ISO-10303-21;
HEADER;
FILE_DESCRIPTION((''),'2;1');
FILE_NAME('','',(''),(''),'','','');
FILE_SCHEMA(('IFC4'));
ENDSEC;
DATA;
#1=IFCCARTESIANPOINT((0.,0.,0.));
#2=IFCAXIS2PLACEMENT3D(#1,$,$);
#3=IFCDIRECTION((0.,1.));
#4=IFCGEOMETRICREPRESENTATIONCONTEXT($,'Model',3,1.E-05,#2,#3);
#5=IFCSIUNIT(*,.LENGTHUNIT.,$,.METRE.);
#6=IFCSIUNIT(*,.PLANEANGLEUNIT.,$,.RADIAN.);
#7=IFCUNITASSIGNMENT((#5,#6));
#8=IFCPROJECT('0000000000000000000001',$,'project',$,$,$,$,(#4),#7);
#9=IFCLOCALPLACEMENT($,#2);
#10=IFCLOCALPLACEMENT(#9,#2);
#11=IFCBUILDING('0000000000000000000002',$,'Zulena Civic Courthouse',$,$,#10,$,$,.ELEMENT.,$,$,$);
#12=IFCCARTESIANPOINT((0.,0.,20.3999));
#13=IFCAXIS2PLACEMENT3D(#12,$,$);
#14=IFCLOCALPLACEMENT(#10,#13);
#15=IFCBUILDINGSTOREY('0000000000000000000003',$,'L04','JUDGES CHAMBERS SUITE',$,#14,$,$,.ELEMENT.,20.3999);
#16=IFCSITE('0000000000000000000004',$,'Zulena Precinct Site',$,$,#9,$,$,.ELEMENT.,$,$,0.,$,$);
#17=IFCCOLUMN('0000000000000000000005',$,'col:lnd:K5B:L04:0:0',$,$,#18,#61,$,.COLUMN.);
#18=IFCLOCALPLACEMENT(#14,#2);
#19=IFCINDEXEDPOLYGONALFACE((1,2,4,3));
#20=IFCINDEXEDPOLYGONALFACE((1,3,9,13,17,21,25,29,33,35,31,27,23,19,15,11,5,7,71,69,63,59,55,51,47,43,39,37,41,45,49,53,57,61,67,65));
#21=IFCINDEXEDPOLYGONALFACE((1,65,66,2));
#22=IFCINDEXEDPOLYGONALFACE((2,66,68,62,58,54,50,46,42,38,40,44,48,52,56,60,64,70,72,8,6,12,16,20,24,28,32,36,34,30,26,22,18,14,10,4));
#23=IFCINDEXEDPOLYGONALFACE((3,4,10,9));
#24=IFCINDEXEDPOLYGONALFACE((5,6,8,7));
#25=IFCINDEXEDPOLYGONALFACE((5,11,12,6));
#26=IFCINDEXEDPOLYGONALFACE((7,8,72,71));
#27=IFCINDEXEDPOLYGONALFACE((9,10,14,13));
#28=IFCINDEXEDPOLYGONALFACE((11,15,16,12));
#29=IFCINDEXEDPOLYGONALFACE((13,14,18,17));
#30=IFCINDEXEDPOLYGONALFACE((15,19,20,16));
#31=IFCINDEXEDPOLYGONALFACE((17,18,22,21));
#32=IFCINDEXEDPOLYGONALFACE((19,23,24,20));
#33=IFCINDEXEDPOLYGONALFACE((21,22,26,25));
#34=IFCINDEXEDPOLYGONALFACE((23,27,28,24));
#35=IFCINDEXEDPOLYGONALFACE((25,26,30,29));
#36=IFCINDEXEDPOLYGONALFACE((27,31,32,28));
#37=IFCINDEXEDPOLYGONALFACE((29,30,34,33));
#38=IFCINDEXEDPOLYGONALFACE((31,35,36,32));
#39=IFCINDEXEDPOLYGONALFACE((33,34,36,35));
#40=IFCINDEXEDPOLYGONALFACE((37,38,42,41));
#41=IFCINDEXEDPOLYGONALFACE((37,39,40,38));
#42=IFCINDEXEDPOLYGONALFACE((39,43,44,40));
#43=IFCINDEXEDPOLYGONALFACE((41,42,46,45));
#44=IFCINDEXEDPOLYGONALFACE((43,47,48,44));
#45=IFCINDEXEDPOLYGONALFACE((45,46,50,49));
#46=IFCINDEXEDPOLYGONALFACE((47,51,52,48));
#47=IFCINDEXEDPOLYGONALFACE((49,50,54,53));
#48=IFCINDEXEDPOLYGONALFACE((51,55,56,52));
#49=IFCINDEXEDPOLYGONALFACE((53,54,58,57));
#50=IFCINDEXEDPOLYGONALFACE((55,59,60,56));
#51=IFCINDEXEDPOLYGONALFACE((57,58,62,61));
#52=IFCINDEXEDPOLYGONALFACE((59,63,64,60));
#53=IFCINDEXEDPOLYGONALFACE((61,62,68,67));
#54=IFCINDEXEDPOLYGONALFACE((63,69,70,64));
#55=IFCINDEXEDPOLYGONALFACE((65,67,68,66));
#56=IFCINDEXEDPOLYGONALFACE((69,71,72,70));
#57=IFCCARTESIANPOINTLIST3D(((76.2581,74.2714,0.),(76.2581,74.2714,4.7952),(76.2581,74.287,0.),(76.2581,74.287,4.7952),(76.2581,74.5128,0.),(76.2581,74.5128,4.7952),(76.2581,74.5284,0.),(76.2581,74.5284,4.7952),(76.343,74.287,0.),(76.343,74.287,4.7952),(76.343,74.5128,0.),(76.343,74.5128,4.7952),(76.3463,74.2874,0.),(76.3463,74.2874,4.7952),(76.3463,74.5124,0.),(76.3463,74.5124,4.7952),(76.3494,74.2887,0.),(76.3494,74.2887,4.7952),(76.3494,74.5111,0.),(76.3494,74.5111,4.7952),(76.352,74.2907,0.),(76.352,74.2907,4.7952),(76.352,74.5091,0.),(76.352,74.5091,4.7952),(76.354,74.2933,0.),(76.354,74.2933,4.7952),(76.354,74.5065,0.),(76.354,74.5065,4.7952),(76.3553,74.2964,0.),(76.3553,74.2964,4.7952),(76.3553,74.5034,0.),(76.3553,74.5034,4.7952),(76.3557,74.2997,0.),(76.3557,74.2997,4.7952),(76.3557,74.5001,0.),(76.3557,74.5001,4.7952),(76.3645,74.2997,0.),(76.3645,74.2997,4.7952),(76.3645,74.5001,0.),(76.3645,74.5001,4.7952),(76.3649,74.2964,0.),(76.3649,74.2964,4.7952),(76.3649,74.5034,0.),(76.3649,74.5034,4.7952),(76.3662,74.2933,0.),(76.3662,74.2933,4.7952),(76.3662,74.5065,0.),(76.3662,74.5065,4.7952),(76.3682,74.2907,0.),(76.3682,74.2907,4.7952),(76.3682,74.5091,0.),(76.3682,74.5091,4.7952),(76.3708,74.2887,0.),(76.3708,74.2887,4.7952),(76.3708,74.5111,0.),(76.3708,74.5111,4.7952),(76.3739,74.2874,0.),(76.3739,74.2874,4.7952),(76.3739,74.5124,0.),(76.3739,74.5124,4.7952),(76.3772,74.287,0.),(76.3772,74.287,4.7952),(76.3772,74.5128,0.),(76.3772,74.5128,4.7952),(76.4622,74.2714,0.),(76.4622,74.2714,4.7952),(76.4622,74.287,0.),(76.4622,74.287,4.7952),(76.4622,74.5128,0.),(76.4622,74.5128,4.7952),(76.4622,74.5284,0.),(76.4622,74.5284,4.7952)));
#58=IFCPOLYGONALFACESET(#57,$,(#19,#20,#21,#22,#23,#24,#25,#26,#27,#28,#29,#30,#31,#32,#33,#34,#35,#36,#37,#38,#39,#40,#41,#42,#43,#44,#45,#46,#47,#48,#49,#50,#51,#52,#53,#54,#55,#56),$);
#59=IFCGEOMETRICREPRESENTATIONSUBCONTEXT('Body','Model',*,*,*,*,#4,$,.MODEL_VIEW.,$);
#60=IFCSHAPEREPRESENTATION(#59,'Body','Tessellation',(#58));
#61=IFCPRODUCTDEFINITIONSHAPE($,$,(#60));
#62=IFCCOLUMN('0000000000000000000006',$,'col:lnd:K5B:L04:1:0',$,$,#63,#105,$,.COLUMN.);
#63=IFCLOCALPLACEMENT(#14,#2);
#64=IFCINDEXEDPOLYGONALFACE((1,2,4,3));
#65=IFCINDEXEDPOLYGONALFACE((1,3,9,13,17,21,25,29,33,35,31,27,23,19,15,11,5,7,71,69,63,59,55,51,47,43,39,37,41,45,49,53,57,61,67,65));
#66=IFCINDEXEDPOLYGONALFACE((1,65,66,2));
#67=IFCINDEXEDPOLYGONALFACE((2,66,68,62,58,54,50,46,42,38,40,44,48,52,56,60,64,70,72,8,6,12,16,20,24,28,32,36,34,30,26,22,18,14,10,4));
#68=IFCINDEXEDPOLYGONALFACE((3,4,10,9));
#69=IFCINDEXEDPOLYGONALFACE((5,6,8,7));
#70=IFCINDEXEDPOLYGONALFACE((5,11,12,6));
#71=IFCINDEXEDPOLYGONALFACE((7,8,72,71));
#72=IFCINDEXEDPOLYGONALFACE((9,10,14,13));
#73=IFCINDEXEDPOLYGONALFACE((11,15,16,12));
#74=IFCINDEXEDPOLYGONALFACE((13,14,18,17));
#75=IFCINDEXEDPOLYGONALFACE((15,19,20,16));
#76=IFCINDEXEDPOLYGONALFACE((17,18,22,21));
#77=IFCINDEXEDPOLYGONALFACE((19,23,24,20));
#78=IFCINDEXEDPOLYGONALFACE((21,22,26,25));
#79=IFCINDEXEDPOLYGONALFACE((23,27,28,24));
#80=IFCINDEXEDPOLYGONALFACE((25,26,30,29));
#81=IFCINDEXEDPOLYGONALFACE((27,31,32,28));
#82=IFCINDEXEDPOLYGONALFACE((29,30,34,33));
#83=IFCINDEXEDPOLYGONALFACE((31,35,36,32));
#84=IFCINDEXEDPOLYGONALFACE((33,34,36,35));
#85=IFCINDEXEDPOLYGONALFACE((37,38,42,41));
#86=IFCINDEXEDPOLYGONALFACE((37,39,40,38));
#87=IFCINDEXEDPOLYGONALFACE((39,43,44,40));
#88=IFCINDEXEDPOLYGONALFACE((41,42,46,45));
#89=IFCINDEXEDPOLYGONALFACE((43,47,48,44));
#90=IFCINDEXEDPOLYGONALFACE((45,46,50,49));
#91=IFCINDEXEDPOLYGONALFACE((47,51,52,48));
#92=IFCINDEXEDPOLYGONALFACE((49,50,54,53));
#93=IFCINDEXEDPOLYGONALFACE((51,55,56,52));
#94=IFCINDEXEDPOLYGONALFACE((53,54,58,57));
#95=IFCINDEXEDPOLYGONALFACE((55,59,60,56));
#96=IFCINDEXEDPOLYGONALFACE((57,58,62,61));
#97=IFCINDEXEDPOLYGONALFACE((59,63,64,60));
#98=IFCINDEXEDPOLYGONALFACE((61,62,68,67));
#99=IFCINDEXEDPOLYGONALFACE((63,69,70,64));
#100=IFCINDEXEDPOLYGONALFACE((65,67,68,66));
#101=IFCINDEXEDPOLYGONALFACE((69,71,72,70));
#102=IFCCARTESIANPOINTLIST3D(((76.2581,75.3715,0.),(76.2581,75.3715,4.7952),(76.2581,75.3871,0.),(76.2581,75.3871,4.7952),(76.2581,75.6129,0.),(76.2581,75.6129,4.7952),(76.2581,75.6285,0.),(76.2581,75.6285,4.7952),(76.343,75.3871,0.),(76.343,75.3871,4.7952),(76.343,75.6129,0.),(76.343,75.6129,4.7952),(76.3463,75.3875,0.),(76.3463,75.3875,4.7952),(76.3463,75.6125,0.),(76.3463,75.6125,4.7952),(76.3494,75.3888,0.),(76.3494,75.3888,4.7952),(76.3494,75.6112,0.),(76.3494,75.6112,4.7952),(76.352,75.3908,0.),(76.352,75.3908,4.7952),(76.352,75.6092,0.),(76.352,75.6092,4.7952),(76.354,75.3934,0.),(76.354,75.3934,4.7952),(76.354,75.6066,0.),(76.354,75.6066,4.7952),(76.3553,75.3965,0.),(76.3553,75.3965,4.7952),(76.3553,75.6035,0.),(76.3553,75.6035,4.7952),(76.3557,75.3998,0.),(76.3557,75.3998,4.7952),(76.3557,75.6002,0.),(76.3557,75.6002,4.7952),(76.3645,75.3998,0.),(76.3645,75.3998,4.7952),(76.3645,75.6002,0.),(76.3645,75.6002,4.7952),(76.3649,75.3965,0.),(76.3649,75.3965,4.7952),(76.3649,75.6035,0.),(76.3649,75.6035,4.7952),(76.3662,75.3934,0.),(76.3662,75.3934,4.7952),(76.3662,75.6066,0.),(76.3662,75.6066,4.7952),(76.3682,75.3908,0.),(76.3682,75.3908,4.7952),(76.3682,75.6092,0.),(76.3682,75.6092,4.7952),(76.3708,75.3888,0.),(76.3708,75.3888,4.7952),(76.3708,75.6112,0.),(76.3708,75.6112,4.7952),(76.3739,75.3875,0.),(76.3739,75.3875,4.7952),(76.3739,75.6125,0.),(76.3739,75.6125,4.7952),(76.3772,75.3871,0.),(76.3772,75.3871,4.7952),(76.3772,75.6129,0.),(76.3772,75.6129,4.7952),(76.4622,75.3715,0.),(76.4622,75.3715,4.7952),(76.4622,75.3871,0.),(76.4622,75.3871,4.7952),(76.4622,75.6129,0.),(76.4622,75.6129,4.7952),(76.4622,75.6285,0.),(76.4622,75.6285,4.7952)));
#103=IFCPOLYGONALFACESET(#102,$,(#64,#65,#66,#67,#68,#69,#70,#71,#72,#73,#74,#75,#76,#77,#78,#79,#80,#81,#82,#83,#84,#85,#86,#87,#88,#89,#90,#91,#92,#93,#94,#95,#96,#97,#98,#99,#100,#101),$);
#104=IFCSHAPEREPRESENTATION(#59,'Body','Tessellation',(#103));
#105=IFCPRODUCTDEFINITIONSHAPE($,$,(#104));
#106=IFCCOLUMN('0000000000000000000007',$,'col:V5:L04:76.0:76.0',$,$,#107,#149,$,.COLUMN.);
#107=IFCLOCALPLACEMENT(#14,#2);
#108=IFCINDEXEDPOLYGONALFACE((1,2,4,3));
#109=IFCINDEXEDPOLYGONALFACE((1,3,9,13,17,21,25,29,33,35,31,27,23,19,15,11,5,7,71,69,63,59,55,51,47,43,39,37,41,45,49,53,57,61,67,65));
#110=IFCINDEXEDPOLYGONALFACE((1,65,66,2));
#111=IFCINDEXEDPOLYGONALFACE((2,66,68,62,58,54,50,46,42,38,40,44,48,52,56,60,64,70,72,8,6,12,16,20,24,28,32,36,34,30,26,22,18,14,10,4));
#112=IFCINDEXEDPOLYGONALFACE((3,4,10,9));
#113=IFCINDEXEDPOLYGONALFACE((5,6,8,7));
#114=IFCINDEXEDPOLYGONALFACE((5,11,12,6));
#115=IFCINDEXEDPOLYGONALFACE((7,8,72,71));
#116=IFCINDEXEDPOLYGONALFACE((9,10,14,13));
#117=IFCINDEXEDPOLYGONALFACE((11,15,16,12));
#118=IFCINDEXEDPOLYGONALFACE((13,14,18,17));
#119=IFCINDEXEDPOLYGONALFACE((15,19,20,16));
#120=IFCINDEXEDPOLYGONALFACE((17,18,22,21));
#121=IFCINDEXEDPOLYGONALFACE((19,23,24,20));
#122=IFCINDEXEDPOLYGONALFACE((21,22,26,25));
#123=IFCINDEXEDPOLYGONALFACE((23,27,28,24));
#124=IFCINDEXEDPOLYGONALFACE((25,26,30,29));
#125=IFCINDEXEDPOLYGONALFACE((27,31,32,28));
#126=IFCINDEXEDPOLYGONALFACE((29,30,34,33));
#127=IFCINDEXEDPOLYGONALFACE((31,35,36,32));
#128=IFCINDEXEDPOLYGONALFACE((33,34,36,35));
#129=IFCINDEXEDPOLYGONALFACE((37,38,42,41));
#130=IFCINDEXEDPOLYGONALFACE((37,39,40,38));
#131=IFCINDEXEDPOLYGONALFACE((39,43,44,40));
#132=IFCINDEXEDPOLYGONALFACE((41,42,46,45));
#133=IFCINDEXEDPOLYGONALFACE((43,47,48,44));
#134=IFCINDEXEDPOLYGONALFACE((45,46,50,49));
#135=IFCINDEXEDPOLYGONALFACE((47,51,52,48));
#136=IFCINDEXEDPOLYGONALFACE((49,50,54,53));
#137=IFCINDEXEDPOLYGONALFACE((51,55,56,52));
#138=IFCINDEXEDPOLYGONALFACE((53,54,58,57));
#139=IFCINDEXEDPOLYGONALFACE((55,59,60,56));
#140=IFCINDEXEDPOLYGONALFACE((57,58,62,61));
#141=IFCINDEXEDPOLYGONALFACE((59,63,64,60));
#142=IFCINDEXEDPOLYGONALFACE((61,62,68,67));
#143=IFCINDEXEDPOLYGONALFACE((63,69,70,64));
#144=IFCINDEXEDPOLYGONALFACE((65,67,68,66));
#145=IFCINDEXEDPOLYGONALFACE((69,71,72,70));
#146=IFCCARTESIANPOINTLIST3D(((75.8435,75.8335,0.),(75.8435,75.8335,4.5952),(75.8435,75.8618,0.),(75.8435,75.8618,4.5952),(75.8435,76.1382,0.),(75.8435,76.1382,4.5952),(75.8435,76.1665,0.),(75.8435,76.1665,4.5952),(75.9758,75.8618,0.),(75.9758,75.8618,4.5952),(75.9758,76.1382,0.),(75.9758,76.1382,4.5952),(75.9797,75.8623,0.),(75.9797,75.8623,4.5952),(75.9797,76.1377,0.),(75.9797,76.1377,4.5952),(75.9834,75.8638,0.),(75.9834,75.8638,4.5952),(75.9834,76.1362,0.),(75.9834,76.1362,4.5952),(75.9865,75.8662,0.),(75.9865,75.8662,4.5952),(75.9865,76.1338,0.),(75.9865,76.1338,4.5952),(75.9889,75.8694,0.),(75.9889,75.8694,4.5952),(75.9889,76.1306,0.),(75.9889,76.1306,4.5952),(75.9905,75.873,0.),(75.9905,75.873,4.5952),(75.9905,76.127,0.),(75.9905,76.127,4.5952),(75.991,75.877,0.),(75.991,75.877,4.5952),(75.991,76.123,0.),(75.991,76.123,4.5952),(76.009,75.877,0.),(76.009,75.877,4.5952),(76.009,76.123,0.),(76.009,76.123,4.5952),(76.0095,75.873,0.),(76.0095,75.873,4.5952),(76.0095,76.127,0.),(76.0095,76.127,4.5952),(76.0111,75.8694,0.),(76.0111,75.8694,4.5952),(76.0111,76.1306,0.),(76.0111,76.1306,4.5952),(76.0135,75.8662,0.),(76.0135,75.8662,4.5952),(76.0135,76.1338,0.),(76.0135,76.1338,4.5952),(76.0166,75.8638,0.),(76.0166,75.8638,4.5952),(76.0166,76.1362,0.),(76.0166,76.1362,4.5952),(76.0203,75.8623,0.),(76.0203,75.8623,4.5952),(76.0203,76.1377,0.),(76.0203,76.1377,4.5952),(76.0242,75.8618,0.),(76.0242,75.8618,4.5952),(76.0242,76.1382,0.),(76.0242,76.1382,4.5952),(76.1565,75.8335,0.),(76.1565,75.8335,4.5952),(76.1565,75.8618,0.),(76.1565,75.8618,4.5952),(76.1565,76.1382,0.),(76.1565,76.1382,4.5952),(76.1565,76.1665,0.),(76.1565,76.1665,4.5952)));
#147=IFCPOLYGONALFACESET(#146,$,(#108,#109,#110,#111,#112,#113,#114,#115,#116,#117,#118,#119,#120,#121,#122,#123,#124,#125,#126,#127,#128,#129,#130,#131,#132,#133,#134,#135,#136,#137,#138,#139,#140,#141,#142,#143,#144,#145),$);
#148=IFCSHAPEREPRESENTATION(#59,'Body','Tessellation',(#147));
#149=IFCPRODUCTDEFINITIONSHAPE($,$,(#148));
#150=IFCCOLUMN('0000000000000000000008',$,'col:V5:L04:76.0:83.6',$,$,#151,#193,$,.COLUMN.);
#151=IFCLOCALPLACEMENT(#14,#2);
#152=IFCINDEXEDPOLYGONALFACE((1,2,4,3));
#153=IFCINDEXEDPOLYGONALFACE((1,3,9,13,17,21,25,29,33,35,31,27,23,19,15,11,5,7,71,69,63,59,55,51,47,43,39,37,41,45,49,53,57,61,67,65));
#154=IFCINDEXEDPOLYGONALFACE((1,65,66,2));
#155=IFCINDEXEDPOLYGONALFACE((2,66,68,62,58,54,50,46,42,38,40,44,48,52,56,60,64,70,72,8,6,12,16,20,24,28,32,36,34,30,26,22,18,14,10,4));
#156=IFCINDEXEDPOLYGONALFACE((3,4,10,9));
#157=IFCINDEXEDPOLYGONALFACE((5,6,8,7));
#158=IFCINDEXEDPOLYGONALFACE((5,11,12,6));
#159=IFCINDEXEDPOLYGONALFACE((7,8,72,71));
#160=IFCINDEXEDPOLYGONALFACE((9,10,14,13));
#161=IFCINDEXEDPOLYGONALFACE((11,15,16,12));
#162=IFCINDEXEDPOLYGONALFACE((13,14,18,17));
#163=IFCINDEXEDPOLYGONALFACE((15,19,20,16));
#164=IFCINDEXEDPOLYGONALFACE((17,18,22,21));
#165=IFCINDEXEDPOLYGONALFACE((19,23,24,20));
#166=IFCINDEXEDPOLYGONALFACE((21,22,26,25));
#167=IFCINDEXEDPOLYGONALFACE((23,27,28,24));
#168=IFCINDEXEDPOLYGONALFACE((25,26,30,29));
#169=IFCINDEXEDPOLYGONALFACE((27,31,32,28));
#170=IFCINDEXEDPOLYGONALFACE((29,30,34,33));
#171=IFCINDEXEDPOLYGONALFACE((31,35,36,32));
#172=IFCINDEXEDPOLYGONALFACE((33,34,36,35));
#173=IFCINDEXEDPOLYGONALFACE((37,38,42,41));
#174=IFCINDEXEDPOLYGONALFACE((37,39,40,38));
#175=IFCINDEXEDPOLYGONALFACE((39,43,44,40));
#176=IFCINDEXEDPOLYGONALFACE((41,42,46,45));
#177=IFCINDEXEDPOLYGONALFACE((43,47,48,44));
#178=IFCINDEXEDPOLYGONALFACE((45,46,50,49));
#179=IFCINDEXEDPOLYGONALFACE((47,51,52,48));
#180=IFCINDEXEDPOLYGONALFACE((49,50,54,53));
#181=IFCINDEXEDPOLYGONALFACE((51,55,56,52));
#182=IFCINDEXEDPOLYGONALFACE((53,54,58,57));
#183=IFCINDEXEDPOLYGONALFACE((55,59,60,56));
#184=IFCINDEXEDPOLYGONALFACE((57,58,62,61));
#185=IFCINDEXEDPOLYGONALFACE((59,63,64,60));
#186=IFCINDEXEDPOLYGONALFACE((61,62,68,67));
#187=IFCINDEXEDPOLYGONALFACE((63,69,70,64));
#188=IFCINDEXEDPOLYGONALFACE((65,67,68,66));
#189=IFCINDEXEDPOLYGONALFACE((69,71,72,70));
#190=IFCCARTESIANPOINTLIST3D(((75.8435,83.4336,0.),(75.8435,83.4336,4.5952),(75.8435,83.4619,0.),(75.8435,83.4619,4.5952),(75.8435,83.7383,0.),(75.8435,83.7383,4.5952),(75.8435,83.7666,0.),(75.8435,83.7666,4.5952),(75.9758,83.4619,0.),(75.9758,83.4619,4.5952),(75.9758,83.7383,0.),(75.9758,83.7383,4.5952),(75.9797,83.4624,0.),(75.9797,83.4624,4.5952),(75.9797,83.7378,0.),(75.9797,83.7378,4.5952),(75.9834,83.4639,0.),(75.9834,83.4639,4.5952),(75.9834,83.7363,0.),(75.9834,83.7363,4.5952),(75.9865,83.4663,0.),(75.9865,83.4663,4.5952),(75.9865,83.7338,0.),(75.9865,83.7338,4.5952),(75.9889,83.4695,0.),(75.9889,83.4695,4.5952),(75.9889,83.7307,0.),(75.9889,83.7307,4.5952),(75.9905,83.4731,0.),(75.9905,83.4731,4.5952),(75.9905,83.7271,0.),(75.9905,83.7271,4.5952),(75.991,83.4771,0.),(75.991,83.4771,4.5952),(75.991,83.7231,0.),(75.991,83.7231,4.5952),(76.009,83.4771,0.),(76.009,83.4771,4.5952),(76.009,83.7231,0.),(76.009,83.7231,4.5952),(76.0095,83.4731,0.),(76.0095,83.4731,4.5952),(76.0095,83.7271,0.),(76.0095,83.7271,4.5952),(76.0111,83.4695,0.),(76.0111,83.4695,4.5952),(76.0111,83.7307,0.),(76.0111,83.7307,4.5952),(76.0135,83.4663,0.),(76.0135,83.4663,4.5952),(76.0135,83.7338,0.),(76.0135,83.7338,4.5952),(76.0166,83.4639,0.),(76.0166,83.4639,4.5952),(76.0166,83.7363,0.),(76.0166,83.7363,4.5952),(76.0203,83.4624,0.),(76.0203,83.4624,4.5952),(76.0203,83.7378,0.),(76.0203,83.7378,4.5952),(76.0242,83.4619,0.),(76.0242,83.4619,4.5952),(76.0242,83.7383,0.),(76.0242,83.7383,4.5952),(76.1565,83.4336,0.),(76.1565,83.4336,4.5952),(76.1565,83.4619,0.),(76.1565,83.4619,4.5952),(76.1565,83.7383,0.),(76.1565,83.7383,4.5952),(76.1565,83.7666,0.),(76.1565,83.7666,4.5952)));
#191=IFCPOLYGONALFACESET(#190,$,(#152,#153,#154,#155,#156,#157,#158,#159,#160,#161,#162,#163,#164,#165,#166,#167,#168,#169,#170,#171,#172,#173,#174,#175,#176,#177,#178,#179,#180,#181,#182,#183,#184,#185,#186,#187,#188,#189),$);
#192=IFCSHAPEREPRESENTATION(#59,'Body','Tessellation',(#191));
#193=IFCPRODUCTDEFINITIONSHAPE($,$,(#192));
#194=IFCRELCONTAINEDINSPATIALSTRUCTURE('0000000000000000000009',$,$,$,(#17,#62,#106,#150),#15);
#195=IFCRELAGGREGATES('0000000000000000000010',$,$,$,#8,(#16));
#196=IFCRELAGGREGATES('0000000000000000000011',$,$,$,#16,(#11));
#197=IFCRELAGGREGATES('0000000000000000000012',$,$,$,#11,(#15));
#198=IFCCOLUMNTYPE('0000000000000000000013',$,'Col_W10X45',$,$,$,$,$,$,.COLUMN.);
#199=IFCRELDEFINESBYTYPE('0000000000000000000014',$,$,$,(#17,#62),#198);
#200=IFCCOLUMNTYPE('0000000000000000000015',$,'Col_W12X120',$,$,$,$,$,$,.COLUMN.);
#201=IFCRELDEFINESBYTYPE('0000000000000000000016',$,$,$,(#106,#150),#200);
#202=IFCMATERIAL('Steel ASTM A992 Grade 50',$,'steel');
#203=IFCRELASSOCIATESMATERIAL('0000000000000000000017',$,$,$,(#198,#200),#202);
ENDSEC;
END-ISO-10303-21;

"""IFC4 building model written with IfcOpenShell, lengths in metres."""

from ifc_helpers import new_model, si_unit, direction, frame, origin, origin_2d, place, context, subcontext, project, spatial, i_section, extrude, material, material_profile, profile_set, type_object, element, save


model = new_model("IFC4")

# Units and contexts
model_context = context("Model", 3, precision=1e-05, world=origin(), true_north=direction((0.0, 1.0)))
body_context = subcontext(model_context, "Body", "Model", "MODEL_VIEW")
ifc_project = project(units=[si_unit("LENGTHUNIT", "METRE"), si_unit("PLANEANGLEUNIT", "RADIAN")], contexts=[model_context])

# Site, building, storey
site_placement = place(None, origin())
site = spatial("IfcSite", under=ifc_project, at=site_placement, Name="Zulena Precinct Site", CompositionType="ELEMENT", RefElevation=0.0)
building_placement = place(site_placement, origin())
building = spatial("IfcBuilding", under=site, at=building_placement, Name="Zulena Civic Courthouse", CompositionType="ELEMENT")
storey_placement = place(building_placement, frame((0.0, 0.0, 20.3999)))
storey = spatial("IfcBuildingStorey", under=building, at=storey_placement, Name="L04", Description="JUDGES CHAMBERS SUITE", CompositionType="ELEMENT", Elevation=20.3999)

# Columns
ifc_material_1 = material(Name="Steel ASTM A992 Grade 50", Category="steel")
ifc_material_profile_1 = material_profile(ifc_material_1, i_section(OverallWidth=0.2041, OverallDepth=0.2571, WebThickness=0.0088, FlangeThickness=0.0156, FilletRadius=0.0127, at=origin_2d()), Name="W10X45")
ifc_profile_set_1 = profile_set([ifc_material_profile_1], Name="Steel ASTM A992 Grade 50")
column_type_1 = type_object("IfcColumnType", Name="Col_W10X45", PredefinedType="COLUMN", material=ifc_profile_set_1)
for number, where, z_axis, x_axis, name in (
    (1, (76.3601, 74.3999, 0.0), (0.0, 0.0, 1.0), (1.0, 0.0, 0.0), "col:lnd:K5B:L04:0:0"),
    (2, (76.3601, 75.5, 0.0), (0.0, 0.0, 1.0), (1.0, 0.0, 0.0), "col:lnd:K5B:L04:1:0"),
):
    element("IfcColumn", number, at=place(storey_placement, frame(where, z_axis=z_axis, x_axis=x_axis)), inside=storey, type_object=column_type_1, Name=name, PredefinedType="COLUMN", context=body_context, shape_type="SweptSolid", body=[
        extrude(i_section(OverallWidth=0.2041, OverallDepth=0.2571, WebThickness=0.0088, FlangeThickness=0.0156, FilletRadius=0.0127, at=origin_2d()), origin(), (0.0, 0.0, 1.0), 4.7952),
    ])
ifc_material_profile_2 = material_profile(ifc_material_1, i_section(OverallWidth=0.313, OverallDepth=0.333, WebThickness=0.0181, FlangeThickness=0.0283, FilletRadius=0.0151, at=origin_2d()), Name="W12X120")
ifc_profile_set_2 = profile_set([ifc_material_profile_2], Name="Steel ASTM A992 Grade 50")
column_type_2 = type_object("IfcColumnType", Name="Col_W12X120", PredefinedType="COLUMN", material=ifc_profile_set_2)
for number, where, z_axis, x_axis, name in (
    (3, (76.0, 76.0, 0.0), (0.0, 0.0, 1.0), (1.0, 0.0, 0.0), "col:V5:L04:76.0:76.0"),
    (4, (76.0, 83.6001, 0.0), (0.0, 0.0, 1.0), (1.0, 0.0, 0.0), "col:V5:L04:76.0:83.6"),
):
    element("IfcColumn", number, at=place(storey_placement, frame(where, z_axis=z_axis, x_axis=x_axis)), inside=storey, type_object=column_type_2, Name=name, PredefinedType="COLUMN", context=body_context, shape_type="SweptSolid", body=[
        extrude(i_section(OverallWidth=0.313, OverallDepth=0.333, WebThickness=0.0181, FlangeThickness=0.0283, FilletRadius=0.0151, at=origin_2d()), origin(), (0.0, 0.0, 1.0), 4.5952),
    ])

save(model, "model.ifc")
